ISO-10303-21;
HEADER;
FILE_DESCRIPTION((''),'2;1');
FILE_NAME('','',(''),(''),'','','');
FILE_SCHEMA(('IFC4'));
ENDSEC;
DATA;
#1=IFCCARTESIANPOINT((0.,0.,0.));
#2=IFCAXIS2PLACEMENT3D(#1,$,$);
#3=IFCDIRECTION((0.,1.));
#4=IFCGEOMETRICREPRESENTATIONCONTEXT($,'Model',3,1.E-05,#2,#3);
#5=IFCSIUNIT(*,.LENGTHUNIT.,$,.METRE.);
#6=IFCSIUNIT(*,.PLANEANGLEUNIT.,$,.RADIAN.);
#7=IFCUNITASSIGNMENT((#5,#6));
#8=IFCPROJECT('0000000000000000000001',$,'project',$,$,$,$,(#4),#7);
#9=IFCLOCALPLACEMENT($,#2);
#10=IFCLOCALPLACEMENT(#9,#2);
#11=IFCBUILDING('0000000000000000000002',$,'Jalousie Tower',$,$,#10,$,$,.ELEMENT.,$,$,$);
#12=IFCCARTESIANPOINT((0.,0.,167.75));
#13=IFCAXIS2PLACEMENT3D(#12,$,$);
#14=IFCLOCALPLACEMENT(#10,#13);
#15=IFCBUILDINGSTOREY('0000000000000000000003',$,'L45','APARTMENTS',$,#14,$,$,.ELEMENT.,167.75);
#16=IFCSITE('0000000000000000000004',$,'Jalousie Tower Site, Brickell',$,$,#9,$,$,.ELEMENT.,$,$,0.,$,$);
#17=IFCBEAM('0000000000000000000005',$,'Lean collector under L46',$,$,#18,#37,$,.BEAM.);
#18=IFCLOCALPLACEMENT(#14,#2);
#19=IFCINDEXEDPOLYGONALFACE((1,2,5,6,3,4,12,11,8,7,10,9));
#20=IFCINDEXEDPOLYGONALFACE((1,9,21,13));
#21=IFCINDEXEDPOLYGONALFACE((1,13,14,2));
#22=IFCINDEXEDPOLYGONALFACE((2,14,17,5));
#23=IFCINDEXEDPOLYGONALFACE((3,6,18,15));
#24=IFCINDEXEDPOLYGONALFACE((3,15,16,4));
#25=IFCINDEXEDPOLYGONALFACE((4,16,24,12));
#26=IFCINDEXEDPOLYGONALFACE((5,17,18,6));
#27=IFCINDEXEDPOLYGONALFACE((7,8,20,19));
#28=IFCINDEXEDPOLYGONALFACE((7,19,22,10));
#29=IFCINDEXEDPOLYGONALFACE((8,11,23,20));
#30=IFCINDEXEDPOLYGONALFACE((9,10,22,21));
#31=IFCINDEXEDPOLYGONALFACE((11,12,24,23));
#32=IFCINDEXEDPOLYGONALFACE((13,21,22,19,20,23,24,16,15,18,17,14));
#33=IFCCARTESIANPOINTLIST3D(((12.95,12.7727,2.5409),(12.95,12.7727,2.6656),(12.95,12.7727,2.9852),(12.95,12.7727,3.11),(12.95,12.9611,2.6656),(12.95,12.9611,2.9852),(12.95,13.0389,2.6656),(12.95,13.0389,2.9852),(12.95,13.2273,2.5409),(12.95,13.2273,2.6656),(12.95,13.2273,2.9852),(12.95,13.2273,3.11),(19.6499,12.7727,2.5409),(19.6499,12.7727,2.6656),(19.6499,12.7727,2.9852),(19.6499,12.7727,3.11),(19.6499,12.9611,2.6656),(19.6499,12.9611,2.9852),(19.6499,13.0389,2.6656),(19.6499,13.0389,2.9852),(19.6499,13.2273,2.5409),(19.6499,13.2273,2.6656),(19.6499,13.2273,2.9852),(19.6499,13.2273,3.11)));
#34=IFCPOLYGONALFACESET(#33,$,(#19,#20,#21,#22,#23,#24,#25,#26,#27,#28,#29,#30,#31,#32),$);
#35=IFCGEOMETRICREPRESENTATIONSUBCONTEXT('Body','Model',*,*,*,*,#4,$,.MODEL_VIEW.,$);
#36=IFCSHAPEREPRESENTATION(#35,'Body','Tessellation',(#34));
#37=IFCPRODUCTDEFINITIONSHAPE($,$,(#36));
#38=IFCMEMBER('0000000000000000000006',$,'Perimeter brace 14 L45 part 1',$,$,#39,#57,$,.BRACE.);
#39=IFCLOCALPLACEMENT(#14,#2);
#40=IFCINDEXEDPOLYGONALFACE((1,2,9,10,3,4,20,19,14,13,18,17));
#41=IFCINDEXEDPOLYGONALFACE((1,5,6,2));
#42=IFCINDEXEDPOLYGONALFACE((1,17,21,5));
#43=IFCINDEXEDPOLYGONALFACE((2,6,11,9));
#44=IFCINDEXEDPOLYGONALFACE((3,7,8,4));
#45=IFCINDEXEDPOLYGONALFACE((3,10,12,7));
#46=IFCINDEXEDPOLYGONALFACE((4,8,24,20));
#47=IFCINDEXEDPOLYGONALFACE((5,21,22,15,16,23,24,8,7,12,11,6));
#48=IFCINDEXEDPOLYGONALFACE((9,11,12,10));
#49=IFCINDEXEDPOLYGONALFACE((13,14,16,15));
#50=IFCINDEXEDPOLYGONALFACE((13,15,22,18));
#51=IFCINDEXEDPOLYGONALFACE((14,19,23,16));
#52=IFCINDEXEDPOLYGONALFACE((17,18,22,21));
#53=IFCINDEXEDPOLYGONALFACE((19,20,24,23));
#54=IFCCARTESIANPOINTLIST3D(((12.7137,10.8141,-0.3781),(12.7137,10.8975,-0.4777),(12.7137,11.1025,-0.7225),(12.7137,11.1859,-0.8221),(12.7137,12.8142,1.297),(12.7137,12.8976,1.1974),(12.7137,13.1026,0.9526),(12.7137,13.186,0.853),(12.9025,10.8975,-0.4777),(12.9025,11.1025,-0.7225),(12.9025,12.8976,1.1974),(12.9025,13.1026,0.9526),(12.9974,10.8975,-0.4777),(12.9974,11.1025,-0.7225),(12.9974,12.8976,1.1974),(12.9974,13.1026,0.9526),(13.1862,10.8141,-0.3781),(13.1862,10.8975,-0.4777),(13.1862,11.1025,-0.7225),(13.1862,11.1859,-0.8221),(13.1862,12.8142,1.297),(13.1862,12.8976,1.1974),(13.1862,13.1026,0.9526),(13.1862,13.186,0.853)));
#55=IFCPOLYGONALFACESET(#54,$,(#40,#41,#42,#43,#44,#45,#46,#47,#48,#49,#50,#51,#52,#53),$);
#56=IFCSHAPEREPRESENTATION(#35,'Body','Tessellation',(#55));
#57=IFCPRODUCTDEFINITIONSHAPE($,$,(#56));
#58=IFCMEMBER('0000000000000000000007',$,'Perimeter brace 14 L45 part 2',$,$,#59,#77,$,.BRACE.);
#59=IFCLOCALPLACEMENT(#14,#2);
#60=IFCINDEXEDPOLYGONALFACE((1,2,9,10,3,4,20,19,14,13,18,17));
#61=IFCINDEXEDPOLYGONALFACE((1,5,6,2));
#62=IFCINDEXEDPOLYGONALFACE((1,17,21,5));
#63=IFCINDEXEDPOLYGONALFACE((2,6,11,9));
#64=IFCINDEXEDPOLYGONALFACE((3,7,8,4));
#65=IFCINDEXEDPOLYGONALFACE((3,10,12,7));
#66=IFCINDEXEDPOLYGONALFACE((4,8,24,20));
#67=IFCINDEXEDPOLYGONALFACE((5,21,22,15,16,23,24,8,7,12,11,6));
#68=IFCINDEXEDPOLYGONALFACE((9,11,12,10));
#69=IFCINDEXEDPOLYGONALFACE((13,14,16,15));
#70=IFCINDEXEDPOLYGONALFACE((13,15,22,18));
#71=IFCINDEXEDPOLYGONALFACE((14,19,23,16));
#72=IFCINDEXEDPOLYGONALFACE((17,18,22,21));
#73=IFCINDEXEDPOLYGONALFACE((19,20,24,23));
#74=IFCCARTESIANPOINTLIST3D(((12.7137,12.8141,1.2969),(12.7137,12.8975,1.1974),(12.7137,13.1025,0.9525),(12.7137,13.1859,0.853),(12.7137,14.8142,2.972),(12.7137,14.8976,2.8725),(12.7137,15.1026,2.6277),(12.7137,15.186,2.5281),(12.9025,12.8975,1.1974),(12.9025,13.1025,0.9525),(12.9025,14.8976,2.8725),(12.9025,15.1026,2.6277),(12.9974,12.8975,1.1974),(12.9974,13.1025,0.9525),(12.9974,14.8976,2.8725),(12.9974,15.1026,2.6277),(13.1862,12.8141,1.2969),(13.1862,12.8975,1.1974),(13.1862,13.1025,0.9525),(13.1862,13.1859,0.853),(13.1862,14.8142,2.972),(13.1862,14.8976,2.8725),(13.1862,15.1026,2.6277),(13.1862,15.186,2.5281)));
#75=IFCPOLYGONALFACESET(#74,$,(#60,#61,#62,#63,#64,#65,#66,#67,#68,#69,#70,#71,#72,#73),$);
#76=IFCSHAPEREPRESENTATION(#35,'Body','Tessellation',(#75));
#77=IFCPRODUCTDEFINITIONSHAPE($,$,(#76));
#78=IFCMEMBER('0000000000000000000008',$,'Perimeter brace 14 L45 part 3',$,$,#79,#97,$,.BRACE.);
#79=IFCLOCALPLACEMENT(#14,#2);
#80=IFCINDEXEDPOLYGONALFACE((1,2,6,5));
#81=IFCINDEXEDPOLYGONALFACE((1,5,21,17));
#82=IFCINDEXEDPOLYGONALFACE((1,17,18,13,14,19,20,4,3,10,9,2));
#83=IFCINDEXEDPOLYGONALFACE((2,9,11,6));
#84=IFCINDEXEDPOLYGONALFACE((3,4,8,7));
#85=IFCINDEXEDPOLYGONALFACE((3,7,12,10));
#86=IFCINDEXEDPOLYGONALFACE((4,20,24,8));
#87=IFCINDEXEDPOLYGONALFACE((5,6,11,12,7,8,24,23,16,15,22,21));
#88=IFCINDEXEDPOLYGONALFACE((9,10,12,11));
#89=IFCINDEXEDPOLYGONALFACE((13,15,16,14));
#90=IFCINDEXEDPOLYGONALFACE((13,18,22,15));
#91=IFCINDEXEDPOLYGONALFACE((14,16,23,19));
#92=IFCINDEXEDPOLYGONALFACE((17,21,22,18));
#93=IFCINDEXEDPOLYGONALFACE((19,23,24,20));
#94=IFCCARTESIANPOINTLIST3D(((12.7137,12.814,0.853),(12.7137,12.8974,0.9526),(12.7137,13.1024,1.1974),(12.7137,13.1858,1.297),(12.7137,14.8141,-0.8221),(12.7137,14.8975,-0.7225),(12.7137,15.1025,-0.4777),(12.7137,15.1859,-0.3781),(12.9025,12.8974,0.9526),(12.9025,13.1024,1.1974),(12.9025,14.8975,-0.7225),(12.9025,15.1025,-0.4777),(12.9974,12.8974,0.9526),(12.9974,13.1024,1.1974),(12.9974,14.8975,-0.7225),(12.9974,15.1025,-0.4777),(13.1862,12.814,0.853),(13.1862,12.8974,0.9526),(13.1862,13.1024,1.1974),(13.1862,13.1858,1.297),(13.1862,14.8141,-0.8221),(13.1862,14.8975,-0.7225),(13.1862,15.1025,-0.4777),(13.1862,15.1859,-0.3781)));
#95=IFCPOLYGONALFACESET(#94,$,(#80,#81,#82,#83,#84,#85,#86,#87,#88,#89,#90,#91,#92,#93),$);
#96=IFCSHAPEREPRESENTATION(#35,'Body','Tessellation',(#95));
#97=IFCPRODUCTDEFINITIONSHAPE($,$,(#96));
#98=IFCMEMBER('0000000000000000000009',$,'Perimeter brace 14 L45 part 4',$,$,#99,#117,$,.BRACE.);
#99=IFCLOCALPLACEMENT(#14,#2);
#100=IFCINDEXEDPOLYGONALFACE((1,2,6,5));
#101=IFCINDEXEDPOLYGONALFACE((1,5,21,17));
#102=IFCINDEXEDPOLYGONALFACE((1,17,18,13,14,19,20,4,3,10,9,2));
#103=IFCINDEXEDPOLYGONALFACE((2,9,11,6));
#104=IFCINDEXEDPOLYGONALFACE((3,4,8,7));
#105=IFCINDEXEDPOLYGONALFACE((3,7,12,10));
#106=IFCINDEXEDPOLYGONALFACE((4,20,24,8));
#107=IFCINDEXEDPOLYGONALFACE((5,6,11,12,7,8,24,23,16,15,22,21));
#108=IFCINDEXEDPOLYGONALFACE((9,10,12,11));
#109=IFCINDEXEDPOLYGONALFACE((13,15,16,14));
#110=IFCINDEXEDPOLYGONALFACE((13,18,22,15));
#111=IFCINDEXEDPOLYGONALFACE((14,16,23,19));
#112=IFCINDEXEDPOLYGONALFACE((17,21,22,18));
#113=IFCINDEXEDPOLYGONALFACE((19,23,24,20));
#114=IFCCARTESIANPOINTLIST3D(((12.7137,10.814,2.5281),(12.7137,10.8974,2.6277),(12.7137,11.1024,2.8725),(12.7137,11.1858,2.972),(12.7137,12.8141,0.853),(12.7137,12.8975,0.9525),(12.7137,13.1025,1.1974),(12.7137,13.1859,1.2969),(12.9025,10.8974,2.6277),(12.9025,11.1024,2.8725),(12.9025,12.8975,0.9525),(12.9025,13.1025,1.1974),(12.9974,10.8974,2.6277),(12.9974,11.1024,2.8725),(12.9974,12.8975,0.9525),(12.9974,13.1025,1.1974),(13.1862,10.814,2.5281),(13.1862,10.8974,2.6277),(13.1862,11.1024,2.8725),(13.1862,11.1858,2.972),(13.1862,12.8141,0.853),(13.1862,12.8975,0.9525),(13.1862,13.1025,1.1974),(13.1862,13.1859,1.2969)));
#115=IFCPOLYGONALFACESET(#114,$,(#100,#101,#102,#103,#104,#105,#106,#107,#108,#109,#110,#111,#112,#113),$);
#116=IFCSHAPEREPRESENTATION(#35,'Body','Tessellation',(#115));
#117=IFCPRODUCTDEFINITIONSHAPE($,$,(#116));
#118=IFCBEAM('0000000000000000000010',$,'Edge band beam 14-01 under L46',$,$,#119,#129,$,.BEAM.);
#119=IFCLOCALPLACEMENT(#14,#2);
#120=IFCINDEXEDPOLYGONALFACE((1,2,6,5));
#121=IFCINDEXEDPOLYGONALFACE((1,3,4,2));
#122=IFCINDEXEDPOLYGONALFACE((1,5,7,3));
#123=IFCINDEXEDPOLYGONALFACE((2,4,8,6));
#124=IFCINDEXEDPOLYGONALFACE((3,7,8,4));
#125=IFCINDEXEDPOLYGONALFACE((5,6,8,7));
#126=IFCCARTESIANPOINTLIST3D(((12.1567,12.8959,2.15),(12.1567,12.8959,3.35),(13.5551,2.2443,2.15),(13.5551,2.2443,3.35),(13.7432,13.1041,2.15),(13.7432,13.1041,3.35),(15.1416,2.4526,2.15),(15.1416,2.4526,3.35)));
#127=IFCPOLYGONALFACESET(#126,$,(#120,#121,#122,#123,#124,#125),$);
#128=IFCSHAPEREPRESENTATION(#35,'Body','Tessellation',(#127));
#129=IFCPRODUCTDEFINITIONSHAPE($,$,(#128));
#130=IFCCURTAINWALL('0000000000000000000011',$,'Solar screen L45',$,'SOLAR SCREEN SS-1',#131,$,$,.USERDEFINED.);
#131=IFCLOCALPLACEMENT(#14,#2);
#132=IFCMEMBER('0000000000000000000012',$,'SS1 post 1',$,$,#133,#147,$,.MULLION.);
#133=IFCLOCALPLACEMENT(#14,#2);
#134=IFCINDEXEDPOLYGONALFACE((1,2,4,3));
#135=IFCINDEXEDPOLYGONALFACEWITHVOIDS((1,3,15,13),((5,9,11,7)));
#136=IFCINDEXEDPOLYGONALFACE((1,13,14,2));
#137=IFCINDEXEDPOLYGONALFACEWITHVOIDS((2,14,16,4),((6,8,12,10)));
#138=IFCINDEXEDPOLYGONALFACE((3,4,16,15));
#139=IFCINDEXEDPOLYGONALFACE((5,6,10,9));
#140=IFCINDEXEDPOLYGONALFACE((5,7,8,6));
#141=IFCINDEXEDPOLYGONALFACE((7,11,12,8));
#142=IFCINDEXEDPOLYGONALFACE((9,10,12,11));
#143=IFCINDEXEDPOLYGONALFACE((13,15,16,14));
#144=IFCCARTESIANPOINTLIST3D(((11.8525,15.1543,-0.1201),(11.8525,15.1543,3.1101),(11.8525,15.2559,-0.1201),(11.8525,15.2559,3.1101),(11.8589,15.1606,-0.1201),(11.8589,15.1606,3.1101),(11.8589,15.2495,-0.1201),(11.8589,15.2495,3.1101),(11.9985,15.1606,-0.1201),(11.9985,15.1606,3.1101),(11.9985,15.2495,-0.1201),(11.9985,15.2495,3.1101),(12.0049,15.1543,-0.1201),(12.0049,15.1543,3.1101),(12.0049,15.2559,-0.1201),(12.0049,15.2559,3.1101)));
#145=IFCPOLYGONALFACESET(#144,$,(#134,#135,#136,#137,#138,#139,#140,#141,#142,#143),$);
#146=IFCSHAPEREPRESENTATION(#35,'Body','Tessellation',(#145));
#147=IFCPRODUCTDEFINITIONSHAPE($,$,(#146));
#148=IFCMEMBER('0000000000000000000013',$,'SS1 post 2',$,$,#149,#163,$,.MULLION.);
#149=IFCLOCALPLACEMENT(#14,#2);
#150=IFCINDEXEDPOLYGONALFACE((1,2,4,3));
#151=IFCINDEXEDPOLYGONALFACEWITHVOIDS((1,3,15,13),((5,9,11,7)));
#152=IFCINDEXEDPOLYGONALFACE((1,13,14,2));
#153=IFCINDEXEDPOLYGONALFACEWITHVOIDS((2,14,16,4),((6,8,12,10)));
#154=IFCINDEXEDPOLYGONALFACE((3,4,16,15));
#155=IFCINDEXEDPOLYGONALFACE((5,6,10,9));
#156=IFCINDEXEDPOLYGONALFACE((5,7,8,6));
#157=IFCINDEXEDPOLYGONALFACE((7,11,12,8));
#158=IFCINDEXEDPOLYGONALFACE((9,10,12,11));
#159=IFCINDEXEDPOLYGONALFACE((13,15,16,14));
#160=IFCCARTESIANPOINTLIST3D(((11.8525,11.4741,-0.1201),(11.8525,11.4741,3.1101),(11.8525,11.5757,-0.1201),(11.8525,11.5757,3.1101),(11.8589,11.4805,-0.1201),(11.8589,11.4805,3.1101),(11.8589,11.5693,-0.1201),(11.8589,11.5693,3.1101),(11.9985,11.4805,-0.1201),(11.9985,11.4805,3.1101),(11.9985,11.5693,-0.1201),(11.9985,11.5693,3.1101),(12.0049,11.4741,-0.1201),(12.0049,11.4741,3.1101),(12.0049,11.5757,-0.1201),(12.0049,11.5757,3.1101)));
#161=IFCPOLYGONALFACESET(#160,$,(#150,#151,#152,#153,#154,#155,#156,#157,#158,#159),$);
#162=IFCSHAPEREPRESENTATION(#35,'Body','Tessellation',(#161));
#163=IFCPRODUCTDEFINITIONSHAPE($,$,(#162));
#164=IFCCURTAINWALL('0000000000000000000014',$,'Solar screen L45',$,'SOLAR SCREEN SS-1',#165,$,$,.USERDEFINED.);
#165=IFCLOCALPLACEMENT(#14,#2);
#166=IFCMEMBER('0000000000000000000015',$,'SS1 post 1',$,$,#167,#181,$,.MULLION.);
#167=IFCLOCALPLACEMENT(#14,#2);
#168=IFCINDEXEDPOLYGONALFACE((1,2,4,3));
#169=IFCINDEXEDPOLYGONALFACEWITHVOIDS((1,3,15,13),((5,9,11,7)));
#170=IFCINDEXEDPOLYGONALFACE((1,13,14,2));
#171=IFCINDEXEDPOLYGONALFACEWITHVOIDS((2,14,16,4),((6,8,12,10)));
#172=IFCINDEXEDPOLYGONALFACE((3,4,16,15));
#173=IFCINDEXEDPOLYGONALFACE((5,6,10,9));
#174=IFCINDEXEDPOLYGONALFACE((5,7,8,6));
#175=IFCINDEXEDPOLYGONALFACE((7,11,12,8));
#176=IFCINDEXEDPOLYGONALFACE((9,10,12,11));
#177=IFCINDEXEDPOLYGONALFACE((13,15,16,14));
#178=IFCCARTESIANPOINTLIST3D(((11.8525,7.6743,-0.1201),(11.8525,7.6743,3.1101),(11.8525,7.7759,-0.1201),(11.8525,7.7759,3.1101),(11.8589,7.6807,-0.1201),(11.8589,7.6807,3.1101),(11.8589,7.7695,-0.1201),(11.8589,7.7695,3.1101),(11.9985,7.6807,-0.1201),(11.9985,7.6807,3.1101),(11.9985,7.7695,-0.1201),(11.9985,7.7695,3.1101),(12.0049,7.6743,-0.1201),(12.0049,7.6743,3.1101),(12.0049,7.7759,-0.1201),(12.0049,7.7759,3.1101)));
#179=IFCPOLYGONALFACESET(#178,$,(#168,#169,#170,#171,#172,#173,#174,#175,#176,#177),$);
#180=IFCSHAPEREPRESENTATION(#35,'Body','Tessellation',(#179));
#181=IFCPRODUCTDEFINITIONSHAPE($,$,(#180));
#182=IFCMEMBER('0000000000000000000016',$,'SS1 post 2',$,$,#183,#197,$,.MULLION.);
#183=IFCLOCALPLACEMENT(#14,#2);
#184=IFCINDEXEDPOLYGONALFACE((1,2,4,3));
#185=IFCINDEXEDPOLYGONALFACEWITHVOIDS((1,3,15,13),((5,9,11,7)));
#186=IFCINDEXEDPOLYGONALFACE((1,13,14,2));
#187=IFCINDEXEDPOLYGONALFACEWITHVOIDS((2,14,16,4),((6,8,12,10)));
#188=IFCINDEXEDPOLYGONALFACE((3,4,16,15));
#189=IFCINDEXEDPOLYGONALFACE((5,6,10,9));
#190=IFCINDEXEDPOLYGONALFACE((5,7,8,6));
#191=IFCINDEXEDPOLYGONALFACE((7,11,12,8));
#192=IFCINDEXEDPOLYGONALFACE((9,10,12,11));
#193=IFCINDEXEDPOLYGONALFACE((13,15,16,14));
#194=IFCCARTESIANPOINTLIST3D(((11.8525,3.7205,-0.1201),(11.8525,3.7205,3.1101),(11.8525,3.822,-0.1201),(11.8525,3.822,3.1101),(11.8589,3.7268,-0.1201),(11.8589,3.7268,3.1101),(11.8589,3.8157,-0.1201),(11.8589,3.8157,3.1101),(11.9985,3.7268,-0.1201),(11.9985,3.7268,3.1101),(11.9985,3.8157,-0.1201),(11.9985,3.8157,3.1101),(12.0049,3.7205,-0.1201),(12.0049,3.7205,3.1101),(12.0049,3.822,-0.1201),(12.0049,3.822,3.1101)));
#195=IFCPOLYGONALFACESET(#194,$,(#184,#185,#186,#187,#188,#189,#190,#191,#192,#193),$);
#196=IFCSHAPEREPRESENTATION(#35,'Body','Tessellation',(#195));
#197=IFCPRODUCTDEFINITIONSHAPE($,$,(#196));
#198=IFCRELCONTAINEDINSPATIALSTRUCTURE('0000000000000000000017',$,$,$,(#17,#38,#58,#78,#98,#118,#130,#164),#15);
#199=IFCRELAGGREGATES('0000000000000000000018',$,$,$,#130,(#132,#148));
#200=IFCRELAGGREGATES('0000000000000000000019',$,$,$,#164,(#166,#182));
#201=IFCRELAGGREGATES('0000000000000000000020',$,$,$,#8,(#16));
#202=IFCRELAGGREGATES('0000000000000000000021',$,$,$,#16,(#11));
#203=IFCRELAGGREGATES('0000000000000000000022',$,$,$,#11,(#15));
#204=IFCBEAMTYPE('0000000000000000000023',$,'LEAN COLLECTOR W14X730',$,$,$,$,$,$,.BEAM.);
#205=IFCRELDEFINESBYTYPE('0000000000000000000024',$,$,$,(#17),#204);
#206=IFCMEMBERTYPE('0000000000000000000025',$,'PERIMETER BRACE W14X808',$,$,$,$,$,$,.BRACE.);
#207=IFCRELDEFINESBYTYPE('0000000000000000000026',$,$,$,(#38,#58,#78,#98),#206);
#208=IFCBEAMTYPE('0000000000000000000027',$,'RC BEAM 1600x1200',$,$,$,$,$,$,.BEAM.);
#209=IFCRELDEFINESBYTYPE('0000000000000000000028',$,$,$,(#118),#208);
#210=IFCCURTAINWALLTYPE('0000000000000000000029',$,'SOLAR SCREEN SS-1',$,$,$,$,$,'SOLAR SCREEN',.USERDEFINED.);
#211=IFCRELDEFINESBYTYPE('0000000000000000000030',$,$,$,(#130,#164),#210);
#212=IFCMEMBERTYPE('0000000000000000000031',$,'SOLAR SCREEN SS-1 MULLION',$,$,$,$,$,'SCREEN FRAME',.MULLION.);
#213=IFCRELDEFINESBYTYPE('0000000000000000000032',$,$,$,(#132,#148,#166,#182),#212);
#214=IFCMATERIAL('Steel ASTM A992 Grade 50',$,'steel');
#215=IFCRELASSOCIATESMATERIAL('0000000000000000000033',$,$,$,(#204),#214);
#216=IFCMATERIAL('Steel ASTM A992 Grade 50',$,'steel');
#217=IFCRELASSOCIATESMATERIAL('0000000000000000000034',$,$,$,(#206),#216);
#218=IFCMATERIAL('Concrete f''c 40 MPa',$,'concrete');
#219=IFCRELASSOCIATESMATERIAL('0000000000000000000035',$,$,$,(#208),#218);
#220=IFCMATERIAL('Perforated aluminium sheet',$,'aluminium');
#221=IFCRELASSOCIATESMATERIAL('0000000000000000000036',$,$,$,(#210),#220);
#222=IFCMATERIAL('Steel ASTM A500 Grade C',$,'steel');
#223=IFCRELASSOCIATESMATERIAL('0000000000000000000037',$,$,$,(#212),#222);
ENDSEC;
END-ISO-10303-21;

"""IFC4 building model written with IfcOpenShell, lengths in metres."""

from ifc_helpers import new_model, si_unit, direction, frame, origin, origin_2d, place, context, subcontext, project, spatial, rectangle, hollow_rectangle, i_section, extrude, material, material_profile, profile_set, type_object, element, aggregate, save


model = new_model("IFC4")

# Units and contexts
model_context = context("Model", 3, precision=1e-05, world=origin(), true_north=direction((0.0, 1.0)))
body_context = subcontext(model_context, "Body", "Model", "MODEL_VIEW")
ifc_project = project(units=[si_unit("LENGTHUNIT", "METRE"), si_unit("PLANEANGLEUNIT", "RADIAN")], contexts=[model_context])

# Site, building, storey
site_placement = place(None, origin())
site = spatial("IfcSite", under=ifc_project, at=site_placement, Name="Jalousie Tower Site, Brickell", CompositionType="ELEMENT", RefElevation=0.0)
building_placement = place(site_placement, origin())
building = spatial("IfcBuilding", under=site, at=building_placement, Name="Jalousie Tower", CompositionType="ELEMENT")
storey_placement = place(building_placement, frame((0.0, 0.0, 167.75)))
storey = spatial("IfcBuildingStorey", under=building, at=storey_placement, Name="L45", Description="APARTMENTS", CompositionType="ELEMENT", Elevation=167.75)

# Beam
ifc_material_1 = material(Name="Steel ASTM A992 Grade 50", Category="steel")
ifc_material_profile_1 = material_profile(ifc_material_1, i_section(OverallWidth=0.4546, OverallDepth=0.5691, WebThickness=0.0779, FlangeThickness=0.1248, at=origin_2d()), Name="W14X730")
ifc_profile_set_1 = profile_set([ifc_material_profile_1], Name="Steel ASTM A992 Grade 50")
beam_type_1 = type_object("IfcBeamType", Name="LEAN COLLECTOR W14X730", PredefinedType="BEAM", material=ifc_profile_set_1)
beam_1_placement = place(storey_placement, frame((12.95, 13.0, 2.8254), z_axis=(1.0, 0.0, 0.0), x_axis=(0.0, 1.0, 0.0)))
element("IfcBeam", 1, at=beam_1_placement, inside=storey, type_object=beam_type_1, Name="Lean collector under L46", PredefinedType="BEAM", context=body_context, shape_type="SweptSolid", body=[
    extrude(i_section(OverallWidth=0.4546, OverallDepth=0.5691, WebThickness=0.0779, FlangeThickness=0.1248, at=origin_2d()), origin(), (0.0, 0.0, 1.0), 6.7),
])

# Members
ifc_material_2 = material(Name="Steel ASTM A992 Grade 50", Category="steel")
ifc_material_profile_2 = material_profile(ifc_material_2, i_section(OverallWidth=0.4724, OverallDepth=0.5791, WebThickness=0.095, FlangeThickness=0.1299, at=origin_2d()), Name="W14X808")
ifc_profile_set_2 = profile_set([ifc_material_profile_2], Name="Steel ASTM A992 Grade 50")
member_type_1 = type_object("IfcMemberType", Name="PERIMETER BRACE W14X808", PredefinedType="BRACE", material=ifc_profile_set_2)
for number, where, z_axis, x_axis, name in (
    (2, (12.95, 11.0, -0.6001), (0.0, 0.766639, 0.642079), (-1.0, 0.0, 0.0), "Perimeter brace 14 L45 part 1"),
    (3, (12.95, 13.0, 1.075), (0.0, 0.766639, 0.642079), (-1.0, 0.0, 0.0), "Perimeter brace 14 L45 part 2"),
    (4, (12.95, 15.0, -0.6001), (0.0, -0.766639, 0.642079), (1.0, 0.0, 0.0), "Perimeter brace 14 L45 part 3"),
    (5, (12.95, 13.0, 1.075), (0.0, -0.766639, 0.642079), (1.0, 0.0, 0.0), "Perimeter brace 14 L45 part 4"),
):
    element("IfcMember", number, at=place(storey_placement, frame(where, z_axis=z_axis, x_axis=x_axis)), inside=storey, type_object=member_type_1, Name=name, PredefinedType="BRACE", context=body_context, shape_type="SweptSolid", body=[
        extrude(i_section(OverallWidth=0.4724, OverallDepth=0.5791, WebThickness=0.095, FlangeThickness=0.1299, at=origin_2d()), origin(), (0.0, 0.0, 1.0), 2.6089),
    ])

# Beam
ifc_material_3 = material(Name="Concrete f'c 40 MPa", Category="concrete")
ifc_material_profile_3 = material_profile(ifc_material_3, rectangle(XDim=1.6001, YDim=1.2, at=origin_2d()), Name="RC 1600x1200")
ifc_profile_set_3 = profile_set([ifc_material_profile_3], Name="Concrete f'c 40 MPa")
beam_type_2 = type_object("IfcBeamType", Name="RC BEAM 1600x1200", PredefinedType="BEAM", material=ifc_profile_set_3)
beam_2_placement = place(storey_placement, frame((12.95, 13.0, 2.75), z_axis=(0.130172, -0.991491, 0.0), x_axis=(0.991491, 0.130172, 0.0)))
element("IfcBeam", 6, at=beam_2_placement, inside=storey, type_object=beam_type_2, Name="Edge band beam 14-01 under L46", PredefinedType="BEAM", context=body_context, shape_type="SweptSolid", body=[
    extrude(rectangle(XDim=1.6001, YDim=1.2, at=origin_2d()), origin(), (0.0, 0.0, 1.0), 10.7429),
])

# Curtain walls, members
ifc_material_4 = material(Name="Perforated aluminium sheet", Category="aluminium")
curtain_wall_type = type_object("IfcCurtainWallType", Name="SOLAR SCREEN SS-1", ElementType="SOLAR SCREEN", PredefinedType="USERDEFINED", material=ifc_material_4)
curtain_wall_1_placement = place(storey_placement, origin())
curtain_wall_1 = element("IfcCurtainWall", 7, at=curtain_wall_1_placement, inside=storey, type_object=curtain_wall_type, Name="Solar screen L45", ObjectType="SOLAR SCREEN SS-1", PredefinedType="USERDEFINED")
ifc_material_5 = material(Name="Steel ASTM A500 Grade C", Category="steel")
ifc_material_profile_4 = material_profile(ifc_material_5, hollow_rectangle(XDim=0.1016, YDim=0.1523, WallThickness=0.0063, at=origin_2d()), Name="HSS6X4X1/4")
ifc_profile_set_4 = profile_set([ifc_material_profile_4], Name="Steel ASTM A500 Grade C")
member_type_2 = type_object("IfcMemberType", Name="SOLAR SCREEN SS-1 MULLION", ElementType="SCREEN FRAME", PredefinedType="MULLION", material=ifc_profile_set_4)
member_1_placement = place(storey_placement, frame((11.9287, 15.2051, -0.1201), z_axis=(0.0, 0.0, 1.0), x_axis=(0.0, -1.0, 0.0)))
member_1 = element("IfcMember", 8, at=member_1_placement, type_object=member_type_2, Name="SS1 post 1", PredefinedType="MULLION", context=body_context, shape_type="SweptSolid", body=[
    extrude(hollow_rectangle(XDim=0.1016, YDim=0.1523, WallThickness=0.0063, at=origin_2d()), origin(), (0.0, 0.0, 1.0), 3.2302),
])
member_2_placement = place(storey_placement, frame((11.9287, 11.5249, -0.1201), z_axis=(0.0, 0.0, 1.0), x_axis=(0.0, -1.0, 0.0)))
member_2 = element("IfcMember", 9, at=member_2_placement, type_object=member_type_2, Name="SS1 post 2", PredefinedType="MULLION", context=body_context, shape_type="SweptSolid", body=[
    extrude(hollow_rectangle(XDim=0.1016, YDim=0.1523, WallThickness=0.0063, at=origin_2d()), origin(), (0.0, 0.0, 1.0), 3.2302),
])
curtain_wall_2_placement = place(storey_placement, origin())
curtain_wall_2 = element("IfcCurtainWall", 10, at=curtain_wall_2_placement, inside=storey, type_object=curtain_wall_type, Name="Solar screen L45", ObjectType="SOLAR SCREEN SS-1", PredefinedType="USERDEFINED")
member_3_placement = place(storey_placement, frame((11.9287, 7.7251, -0.1201), z_axis=(0.0, 0.0, 1.0), x_axis=(0.0, -1.0, 0.0)))
member_3 = element("IfcMember", 11, at=member_3_placement, type_object=member_type_2, Name="SS1 post 1", PredefinedType="MULLION", context=body_context, shape_type="SweptSolid", body=[
    extrude(hollow_rectangle(XDim=0.1016, YDim=0.1523, WallThickness=0.0063, at=origin_2d()), origin(), (0.0, 0.0, 1.0), 3.2302),
])
member_4_placement = place(storey_placement, frame((11.9287, 3.7712, -0.1201), z_axis=(0.0, 0.0, 1.0), x_axis=(0.0, -1.0, 0.0)))
member_4 = element("IfcMember", 12, at=member_4_placement, type_object=member_type_2, Name="SS1 post 2", PredefinedType="MULLION", context=body_context, shape_type="SweptSolid", body=[
    extrude(hollow_rectangle(XDim=0.1016, YDim=0.1523, WallThickness=0.0063, at=origin_2d()), origin(), (0.0, 0.0, 1.0), 3.2302),
])

aggregate(curtain_wall_1, [member_1, member_2])
aggregate(curtain_wall_2, [member_3, member_4])

save(model, "model.ifc")
